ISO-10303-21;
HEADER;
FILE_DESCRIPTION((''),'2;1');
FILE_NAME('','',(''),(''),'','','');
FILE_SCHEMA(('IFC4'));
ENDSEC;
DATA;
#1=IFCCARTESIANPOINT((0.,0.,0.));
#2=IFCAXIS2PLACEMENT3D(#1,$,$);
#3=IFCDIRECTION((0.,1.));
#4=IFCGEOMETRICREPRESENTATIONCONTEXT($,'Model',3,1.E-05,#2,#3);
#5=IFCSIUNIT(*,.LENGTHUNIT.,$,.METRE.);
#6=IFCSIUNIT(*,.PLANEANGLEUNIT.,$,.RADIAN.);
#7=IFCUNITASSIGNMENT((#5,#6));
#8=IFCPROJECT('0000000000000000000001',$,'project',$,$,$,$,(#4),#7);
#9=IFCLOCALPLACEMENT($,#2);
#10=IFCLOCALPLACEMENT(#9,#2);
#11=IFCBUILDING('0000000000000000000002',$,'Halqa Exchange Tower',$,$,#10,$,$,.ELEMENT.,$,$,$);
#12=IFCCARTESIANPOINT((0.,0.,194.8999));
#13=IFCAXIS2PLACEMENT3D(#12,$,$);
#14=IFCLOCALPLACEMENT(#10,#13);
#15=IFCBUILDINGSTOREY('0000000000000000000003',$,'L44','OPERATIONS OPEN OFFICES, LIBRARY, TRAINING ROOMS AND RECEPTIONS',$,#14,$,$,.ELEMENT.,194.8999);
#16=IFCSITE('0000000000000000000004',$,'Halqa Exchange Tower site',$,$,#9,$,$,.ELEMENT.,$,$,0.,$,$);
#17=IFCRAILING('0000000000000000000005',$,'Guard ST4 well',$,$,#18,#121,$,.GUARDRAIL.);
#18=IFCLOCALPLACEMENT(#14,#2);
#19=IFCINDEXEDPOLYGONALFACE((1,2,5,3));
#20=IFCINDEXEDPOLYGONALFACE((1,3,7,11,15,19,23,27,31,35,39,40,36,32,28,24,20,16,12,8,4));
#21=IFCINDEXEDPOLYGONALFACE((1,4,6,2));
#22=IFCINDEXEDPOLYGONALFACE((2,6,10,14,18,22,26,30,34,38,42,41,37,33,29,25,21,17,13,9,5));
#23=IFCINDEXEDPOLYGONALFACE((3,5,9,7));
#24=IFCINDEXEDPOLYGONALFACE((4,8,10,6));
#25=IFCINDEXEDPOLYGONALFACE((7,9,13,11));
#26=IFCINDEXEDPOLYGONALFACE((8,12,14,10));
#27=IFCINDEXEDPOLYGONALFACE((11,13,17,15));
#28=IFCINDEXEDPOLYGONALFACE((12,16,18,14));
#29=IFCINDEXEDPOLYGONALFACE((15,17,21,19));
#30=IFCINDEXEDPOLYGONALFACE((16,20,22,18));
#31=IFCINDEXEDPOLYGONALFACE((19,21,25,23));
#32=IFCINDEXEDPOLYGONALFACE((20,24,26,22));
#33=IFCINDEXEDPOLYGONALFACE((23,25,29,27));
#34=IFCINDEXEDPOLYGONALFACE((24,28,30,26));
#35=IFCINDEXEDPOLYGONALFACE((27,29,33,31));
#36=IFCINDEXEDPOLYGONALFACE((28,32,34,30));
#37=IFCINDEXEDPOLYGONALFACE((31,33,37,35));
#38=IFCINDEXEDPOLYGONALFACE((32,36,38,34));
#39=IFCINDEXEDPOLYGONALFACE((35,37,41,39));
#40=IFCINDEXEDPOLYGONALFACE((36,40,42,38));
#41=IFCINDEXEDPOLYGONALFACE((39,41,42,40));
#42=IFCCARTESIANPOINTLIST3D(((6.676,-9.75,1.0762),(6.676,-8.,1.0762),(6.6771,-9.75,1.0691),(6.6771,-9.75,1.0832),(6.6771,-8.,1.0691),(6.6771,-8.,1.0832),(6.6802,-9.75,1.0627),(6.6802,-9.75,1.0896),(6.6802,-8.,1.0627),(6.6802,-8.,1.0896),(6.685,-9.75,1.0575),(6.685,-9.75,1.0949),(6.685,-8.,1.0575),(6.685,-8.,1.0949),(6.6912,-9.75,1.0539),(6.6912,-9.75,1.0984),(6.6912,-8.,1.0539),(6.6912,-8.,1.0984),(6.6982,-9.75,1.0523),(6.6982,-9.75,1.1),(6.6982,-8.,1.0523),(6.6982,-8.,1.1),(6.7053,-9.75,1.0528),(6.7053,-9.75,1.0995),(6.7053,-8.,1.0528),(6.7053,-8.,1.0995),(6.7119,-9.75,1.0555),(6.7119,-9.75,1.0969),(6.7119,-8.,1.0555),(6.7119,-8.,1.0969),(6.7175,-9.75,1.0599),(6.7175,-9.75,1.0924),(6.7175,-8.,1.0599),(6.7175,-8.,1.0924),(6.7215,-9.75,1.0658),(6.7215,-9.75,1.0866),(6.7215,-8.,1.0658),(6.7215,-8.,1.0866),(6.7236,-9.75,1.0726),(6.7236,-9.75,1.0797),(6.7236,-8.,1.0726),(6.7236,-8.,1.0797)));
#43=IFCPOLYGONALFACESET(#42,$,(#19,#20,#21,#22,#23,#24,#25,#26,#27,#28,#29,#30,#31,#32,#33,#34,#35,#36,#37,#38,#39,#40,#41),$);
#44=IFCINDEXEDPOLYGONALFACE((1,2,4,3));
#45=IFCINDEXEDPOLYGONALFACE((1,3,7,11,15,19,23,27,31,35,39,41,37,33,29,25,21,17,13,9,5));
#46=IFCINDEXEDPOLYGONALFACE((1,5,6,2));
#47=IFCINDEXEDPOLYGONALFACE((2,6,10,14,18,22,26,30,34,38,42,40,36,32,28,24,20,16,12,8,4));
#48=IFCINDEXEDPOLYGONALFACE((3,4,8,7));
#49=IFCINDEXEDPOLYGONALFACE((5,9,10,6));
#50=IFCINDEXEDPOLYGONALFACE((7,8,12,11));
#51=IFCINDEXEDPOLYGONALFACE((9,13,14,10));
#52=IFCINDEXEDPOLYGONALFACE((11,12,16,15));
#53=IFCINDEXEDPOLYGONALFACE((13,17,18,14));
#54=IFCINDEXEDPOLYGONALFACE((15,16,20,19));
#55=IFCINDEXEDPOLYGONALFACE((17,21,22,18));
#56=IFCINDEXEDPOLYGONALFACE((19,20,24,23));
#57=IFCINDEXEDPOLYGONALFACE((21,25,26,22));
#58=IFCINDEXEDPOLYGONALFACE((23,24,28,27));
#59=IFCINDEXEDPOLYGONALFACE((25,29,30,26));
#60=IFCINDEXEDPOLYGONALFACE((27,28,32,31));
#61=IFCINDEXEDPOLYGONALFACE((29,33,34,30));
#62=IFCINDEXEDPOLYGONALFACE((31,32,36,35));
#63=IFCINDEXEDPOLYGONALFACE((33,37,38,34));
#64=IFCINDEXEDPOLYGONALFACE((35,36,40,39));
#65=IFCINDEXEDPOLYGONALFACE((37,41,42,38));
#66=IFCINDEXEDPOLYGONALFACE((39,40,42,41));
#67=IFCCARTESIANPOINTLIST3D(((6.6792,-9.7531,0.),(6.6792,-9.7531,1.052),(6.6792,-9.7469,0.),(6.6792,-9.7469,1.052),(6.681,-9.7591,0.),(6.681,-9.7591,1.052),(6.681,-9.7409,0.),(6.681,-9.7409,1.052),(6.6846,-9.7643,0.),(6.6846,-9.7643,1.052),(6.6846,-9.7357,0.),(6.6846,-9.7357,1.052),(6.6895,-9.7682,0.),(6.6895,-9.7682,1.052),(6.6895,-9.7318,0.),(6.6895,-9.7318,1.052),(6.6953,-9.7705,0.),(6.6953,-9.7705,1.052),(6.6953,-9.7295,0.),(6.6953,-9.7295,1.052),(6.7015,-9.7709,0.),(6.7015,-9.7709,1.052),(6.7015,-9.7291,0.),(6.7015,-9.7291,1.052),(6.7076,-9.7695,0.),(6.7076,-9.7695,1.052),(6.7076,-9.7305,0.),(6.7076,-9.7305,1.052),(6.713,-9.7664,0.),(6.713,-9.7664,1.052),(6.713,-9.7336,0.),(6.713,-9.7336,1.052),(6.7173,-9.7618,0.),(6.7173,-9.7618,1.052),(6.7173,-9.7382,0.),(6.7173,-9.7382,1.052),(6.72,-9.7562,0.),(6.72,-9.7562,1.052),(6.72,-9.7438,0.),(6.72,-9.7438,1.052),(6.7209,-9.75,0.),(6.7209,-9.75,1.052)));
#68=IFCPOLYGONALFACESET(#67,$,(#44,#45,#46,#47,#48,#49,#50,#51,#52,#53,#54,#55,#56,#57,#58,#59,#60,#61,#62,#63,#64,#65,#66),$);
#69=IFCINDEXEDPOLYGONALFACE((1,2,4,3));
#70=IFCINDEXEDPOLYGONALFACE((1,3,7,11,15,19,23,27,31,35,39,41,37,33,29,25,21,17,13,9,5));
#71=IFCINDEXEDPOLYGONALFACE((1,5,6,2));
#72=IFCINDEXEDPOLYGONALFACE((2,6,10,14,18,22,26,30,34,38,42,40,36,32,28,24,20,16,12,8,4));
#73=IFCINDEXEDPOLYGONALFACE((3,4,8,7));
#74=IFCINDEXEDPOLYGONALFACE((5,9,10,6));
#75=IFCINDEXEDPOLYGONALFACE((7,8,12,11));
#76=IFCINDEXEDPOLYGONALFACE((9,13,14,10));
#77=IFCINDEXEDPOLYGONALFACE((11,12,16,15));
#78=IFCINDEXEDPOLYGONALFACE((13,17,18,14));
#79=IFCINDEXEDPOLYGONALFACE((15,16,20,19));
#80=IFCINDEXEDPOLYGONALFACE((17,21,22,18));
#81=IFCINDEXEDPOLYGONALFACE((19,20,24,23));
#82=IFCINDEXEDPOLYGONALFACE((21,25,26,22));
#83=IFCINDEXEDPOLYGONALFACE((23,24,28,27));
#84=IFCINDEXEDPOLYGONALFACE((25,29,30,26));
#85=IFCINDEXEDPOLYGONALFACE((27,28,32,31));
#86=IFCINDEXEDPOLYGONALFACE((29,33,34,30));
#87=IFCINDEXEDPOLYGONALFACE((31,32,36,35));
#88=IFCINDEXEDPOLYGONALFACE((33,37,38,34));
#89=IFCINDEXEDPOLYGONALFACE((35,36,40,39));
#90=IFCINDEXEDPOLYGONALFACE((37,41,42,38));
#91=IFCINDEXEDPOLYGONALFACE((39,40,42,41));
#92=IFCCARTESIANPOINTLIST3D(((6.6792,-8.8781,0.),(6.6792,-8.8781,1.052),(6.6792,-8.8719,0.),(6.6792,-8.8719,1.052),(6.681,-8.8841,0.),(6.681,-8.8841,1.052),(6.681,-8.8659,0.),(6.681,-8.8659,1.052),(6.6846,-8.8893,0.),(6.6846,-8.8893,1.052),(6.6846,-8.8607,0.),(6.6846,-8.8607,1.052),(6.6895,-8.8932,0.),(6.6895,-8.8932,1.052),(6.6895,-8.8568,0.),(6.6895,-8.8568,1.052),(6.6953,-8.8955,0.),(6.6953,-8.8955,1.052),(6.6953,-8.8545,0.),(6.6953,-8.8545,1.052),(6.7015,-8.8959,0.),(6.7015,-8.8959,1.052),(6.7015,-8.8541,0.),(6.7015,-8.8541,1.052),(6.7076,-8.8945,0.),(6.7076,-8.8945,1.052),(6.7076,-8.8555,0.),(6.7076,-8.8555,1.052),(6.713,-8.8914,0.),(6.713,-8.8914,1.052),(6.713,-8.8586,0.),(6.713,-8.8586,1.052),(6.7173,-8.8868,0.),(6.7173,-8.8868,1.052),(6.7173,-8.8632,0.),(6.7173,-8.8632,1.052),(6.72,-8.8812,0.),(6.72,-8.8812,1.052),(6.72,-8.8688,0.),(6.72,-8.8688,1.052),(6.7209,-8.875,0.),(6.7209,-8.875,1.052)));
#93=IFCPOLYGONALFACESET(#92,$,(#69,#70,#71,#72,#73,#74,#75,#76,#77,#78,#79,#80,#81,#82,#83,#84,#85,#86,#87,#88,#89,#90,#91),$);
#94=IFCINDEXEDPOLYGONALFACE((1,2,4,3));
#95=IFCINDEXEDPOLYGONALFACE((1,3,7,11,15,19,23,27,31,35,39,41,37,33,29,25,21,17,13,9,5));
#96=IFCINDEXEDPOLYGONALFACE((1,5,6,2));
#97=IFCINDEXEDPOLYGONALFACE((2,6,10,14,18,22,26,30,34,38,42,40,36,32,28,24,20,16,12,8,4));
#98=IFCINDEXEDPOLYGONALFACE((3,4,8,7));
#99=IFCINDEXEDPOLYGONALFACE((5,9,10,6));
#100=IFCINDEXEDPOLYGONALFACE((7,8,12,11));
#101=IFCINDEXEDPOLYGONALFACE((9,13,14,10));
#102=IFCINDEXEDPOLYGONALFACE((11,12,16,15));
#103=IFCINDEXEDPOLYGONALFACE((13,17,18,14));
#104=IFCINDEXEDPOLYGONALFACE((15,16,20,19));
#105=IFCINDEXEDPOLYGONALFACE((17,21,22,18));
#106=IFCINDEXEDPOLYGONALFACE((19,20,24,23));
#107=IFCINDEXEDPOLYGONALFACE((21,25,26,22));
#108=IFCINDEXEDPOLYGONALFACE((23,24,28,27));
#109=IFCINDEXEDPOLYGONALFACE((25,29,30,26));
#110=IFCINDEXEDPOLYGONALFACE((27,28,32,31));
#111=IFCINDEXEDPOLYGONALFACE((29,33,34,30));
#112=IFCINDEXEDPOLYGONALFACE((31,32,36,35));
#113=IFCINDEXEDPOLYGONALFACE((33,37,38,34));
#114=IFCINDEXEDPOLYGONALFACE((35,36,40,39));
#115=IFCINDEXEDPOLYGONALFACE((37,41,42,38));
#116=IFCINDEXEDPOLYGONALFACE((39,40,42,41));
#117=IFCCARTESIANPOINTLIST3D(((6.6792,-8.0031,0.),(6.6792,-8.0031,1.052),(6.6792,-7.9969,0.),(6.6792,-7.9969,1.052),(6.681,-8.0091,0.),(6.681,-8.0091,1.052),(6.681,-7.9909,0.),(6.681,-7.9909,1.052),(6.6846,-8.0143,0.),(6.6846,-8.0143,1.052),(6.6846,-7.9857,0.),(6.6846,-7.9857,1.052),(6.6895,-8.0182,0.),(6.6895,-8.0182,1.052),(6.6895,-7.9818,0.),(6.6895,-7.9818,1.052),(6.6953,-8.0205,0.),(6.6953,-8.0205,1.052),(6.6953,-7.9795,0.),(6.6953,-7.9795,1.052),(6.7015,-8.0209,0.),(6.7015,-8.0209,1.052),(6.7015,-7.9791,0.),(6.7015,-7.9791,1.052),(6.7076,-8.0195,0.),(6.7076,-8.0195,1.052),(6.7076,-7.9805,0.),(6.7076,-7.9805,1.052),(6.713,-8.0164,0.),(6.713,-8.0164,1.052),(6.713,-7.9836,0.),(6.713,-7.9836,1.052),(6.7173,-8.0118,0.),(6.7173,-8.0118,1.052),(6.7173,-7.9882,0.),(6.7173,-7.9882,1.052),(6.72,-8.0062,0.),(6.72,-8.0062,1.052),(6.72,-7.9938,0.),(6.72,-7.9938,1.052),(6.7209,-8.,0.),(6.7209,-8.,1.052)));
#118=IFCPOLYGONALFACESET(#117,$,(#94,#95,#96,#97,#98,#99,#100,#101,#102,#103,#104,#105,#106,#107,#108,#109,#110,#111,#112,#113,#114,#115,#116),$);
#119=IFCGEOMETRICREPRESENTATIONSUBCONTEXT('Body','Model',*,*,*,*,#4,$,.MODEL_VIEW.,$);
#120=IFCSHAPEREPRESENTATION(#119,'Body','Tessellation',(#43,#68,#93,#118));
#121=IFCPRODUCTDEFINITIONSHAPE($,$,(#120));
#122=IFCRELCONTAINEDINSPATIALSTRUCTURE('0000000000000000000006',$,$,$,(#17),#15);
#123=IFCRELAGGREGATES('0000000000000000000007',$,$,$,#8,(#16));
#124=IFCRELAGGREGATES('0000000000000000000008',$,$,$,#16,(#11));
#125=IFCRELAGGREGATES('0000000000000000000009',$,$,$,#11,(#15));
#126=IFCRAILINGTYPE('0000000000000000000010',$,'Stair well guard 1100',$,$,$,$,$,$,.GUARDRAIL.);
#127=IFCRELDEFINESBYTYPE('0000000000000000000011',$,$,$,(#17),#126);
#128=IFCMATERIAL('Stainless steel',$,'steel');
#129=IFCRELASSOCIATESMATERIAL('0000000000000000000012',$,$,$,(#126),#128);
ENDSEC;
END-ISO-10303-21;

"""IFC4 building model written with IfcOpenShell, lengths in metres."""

from ifc_helpers import new_model, si_unit, direction, frame, origin, origin_2d, place, context, subcontext, project, spatial, circle, extrude, material, type_object, element, save


model = new_model("IFC4")

# Units and contexts
model_context = context("Model", 3, precision=1e-05, world=origin(), true_north=direction((0.0, 1.0)))
body_context = subcontext(model_context, "Body", "Model", "MODEL_VIEW")
ifc_project = project(units=[si_unit("LENGTHUNIT", "METRE"), si_unit("PLANEANGLEUNIT", "RADIAN")], contexts=[model_context])

# Site, building, storey
site_placement = place(None, origin())
site = spatial("IfcSite", under=ifc_project, at=site_placement, Name="Halqa Exchange Tower site", CompositionType="ELEMENT", RefElevation=0.0)
building_placement = place(site_placement, origin())
building = spatial("IfcBuilding", under=site, at=building_placement, Name="Halqa Exchange Tower", CompositionType="ELEMENT")
storey_placement = place(building_placement, frame((0.0, 0.0, 194.8999)))
storey = spatial("IfcBuildingStorey", under=building, at=storey_placement, Name="L44", Description="OPERATIONS OPEN OFFICES, LIBRARY, TRAINING ROOMS AND RECEPTIONS", CompositionType="ELEMENT", Elevation=194.8999)

# Railing
ifc_material_1 = material(Name="Stainless steel", Category="steel")
railing_type_1 = type_object("IfcRailingType", Name="Stair well guard 1100", PredefinedType="GUARDRAIL", material=ifc_material_1)
railing_1_placement = place(storey_placement, frame((6.7, -9.75, 0.0)))
element("IfcRailing", 1, at=railing_1_placement, inside=storey, type_object=railing_type_1, Name="Guard ST4 well", PredefinedType="GUARDRAIL", context=body_context, shape_type="SweptSolid", body=[
    extrude(circle(Radius=0.0239, at=origin_2d()), frame((0.0, 0.0, 1.0762), z_axis=(0.0, 1.0, 0.0), x_axis=(-1.0, 0.0, 0.0)), (0.0, 0.0, 1.0), 1.75),
    extrude(circle(Radius=0.021, at=origin_2d()), origin(), (0.0, 0.0, 1.0), 1.052),
    extrude(circle(Radius=0.021, at=origin_2d()), frame((0.0, 0.875, 0.0)), (0.0, 0.0, 1.0), 1.052),
    extrude(circle(Radius=0.021, at=origin_2d()), frame((0.0, 1.75, 0.0)), (0.0, 0.0, 1.0), 1.052),
])

save(model, "model.ifc")
